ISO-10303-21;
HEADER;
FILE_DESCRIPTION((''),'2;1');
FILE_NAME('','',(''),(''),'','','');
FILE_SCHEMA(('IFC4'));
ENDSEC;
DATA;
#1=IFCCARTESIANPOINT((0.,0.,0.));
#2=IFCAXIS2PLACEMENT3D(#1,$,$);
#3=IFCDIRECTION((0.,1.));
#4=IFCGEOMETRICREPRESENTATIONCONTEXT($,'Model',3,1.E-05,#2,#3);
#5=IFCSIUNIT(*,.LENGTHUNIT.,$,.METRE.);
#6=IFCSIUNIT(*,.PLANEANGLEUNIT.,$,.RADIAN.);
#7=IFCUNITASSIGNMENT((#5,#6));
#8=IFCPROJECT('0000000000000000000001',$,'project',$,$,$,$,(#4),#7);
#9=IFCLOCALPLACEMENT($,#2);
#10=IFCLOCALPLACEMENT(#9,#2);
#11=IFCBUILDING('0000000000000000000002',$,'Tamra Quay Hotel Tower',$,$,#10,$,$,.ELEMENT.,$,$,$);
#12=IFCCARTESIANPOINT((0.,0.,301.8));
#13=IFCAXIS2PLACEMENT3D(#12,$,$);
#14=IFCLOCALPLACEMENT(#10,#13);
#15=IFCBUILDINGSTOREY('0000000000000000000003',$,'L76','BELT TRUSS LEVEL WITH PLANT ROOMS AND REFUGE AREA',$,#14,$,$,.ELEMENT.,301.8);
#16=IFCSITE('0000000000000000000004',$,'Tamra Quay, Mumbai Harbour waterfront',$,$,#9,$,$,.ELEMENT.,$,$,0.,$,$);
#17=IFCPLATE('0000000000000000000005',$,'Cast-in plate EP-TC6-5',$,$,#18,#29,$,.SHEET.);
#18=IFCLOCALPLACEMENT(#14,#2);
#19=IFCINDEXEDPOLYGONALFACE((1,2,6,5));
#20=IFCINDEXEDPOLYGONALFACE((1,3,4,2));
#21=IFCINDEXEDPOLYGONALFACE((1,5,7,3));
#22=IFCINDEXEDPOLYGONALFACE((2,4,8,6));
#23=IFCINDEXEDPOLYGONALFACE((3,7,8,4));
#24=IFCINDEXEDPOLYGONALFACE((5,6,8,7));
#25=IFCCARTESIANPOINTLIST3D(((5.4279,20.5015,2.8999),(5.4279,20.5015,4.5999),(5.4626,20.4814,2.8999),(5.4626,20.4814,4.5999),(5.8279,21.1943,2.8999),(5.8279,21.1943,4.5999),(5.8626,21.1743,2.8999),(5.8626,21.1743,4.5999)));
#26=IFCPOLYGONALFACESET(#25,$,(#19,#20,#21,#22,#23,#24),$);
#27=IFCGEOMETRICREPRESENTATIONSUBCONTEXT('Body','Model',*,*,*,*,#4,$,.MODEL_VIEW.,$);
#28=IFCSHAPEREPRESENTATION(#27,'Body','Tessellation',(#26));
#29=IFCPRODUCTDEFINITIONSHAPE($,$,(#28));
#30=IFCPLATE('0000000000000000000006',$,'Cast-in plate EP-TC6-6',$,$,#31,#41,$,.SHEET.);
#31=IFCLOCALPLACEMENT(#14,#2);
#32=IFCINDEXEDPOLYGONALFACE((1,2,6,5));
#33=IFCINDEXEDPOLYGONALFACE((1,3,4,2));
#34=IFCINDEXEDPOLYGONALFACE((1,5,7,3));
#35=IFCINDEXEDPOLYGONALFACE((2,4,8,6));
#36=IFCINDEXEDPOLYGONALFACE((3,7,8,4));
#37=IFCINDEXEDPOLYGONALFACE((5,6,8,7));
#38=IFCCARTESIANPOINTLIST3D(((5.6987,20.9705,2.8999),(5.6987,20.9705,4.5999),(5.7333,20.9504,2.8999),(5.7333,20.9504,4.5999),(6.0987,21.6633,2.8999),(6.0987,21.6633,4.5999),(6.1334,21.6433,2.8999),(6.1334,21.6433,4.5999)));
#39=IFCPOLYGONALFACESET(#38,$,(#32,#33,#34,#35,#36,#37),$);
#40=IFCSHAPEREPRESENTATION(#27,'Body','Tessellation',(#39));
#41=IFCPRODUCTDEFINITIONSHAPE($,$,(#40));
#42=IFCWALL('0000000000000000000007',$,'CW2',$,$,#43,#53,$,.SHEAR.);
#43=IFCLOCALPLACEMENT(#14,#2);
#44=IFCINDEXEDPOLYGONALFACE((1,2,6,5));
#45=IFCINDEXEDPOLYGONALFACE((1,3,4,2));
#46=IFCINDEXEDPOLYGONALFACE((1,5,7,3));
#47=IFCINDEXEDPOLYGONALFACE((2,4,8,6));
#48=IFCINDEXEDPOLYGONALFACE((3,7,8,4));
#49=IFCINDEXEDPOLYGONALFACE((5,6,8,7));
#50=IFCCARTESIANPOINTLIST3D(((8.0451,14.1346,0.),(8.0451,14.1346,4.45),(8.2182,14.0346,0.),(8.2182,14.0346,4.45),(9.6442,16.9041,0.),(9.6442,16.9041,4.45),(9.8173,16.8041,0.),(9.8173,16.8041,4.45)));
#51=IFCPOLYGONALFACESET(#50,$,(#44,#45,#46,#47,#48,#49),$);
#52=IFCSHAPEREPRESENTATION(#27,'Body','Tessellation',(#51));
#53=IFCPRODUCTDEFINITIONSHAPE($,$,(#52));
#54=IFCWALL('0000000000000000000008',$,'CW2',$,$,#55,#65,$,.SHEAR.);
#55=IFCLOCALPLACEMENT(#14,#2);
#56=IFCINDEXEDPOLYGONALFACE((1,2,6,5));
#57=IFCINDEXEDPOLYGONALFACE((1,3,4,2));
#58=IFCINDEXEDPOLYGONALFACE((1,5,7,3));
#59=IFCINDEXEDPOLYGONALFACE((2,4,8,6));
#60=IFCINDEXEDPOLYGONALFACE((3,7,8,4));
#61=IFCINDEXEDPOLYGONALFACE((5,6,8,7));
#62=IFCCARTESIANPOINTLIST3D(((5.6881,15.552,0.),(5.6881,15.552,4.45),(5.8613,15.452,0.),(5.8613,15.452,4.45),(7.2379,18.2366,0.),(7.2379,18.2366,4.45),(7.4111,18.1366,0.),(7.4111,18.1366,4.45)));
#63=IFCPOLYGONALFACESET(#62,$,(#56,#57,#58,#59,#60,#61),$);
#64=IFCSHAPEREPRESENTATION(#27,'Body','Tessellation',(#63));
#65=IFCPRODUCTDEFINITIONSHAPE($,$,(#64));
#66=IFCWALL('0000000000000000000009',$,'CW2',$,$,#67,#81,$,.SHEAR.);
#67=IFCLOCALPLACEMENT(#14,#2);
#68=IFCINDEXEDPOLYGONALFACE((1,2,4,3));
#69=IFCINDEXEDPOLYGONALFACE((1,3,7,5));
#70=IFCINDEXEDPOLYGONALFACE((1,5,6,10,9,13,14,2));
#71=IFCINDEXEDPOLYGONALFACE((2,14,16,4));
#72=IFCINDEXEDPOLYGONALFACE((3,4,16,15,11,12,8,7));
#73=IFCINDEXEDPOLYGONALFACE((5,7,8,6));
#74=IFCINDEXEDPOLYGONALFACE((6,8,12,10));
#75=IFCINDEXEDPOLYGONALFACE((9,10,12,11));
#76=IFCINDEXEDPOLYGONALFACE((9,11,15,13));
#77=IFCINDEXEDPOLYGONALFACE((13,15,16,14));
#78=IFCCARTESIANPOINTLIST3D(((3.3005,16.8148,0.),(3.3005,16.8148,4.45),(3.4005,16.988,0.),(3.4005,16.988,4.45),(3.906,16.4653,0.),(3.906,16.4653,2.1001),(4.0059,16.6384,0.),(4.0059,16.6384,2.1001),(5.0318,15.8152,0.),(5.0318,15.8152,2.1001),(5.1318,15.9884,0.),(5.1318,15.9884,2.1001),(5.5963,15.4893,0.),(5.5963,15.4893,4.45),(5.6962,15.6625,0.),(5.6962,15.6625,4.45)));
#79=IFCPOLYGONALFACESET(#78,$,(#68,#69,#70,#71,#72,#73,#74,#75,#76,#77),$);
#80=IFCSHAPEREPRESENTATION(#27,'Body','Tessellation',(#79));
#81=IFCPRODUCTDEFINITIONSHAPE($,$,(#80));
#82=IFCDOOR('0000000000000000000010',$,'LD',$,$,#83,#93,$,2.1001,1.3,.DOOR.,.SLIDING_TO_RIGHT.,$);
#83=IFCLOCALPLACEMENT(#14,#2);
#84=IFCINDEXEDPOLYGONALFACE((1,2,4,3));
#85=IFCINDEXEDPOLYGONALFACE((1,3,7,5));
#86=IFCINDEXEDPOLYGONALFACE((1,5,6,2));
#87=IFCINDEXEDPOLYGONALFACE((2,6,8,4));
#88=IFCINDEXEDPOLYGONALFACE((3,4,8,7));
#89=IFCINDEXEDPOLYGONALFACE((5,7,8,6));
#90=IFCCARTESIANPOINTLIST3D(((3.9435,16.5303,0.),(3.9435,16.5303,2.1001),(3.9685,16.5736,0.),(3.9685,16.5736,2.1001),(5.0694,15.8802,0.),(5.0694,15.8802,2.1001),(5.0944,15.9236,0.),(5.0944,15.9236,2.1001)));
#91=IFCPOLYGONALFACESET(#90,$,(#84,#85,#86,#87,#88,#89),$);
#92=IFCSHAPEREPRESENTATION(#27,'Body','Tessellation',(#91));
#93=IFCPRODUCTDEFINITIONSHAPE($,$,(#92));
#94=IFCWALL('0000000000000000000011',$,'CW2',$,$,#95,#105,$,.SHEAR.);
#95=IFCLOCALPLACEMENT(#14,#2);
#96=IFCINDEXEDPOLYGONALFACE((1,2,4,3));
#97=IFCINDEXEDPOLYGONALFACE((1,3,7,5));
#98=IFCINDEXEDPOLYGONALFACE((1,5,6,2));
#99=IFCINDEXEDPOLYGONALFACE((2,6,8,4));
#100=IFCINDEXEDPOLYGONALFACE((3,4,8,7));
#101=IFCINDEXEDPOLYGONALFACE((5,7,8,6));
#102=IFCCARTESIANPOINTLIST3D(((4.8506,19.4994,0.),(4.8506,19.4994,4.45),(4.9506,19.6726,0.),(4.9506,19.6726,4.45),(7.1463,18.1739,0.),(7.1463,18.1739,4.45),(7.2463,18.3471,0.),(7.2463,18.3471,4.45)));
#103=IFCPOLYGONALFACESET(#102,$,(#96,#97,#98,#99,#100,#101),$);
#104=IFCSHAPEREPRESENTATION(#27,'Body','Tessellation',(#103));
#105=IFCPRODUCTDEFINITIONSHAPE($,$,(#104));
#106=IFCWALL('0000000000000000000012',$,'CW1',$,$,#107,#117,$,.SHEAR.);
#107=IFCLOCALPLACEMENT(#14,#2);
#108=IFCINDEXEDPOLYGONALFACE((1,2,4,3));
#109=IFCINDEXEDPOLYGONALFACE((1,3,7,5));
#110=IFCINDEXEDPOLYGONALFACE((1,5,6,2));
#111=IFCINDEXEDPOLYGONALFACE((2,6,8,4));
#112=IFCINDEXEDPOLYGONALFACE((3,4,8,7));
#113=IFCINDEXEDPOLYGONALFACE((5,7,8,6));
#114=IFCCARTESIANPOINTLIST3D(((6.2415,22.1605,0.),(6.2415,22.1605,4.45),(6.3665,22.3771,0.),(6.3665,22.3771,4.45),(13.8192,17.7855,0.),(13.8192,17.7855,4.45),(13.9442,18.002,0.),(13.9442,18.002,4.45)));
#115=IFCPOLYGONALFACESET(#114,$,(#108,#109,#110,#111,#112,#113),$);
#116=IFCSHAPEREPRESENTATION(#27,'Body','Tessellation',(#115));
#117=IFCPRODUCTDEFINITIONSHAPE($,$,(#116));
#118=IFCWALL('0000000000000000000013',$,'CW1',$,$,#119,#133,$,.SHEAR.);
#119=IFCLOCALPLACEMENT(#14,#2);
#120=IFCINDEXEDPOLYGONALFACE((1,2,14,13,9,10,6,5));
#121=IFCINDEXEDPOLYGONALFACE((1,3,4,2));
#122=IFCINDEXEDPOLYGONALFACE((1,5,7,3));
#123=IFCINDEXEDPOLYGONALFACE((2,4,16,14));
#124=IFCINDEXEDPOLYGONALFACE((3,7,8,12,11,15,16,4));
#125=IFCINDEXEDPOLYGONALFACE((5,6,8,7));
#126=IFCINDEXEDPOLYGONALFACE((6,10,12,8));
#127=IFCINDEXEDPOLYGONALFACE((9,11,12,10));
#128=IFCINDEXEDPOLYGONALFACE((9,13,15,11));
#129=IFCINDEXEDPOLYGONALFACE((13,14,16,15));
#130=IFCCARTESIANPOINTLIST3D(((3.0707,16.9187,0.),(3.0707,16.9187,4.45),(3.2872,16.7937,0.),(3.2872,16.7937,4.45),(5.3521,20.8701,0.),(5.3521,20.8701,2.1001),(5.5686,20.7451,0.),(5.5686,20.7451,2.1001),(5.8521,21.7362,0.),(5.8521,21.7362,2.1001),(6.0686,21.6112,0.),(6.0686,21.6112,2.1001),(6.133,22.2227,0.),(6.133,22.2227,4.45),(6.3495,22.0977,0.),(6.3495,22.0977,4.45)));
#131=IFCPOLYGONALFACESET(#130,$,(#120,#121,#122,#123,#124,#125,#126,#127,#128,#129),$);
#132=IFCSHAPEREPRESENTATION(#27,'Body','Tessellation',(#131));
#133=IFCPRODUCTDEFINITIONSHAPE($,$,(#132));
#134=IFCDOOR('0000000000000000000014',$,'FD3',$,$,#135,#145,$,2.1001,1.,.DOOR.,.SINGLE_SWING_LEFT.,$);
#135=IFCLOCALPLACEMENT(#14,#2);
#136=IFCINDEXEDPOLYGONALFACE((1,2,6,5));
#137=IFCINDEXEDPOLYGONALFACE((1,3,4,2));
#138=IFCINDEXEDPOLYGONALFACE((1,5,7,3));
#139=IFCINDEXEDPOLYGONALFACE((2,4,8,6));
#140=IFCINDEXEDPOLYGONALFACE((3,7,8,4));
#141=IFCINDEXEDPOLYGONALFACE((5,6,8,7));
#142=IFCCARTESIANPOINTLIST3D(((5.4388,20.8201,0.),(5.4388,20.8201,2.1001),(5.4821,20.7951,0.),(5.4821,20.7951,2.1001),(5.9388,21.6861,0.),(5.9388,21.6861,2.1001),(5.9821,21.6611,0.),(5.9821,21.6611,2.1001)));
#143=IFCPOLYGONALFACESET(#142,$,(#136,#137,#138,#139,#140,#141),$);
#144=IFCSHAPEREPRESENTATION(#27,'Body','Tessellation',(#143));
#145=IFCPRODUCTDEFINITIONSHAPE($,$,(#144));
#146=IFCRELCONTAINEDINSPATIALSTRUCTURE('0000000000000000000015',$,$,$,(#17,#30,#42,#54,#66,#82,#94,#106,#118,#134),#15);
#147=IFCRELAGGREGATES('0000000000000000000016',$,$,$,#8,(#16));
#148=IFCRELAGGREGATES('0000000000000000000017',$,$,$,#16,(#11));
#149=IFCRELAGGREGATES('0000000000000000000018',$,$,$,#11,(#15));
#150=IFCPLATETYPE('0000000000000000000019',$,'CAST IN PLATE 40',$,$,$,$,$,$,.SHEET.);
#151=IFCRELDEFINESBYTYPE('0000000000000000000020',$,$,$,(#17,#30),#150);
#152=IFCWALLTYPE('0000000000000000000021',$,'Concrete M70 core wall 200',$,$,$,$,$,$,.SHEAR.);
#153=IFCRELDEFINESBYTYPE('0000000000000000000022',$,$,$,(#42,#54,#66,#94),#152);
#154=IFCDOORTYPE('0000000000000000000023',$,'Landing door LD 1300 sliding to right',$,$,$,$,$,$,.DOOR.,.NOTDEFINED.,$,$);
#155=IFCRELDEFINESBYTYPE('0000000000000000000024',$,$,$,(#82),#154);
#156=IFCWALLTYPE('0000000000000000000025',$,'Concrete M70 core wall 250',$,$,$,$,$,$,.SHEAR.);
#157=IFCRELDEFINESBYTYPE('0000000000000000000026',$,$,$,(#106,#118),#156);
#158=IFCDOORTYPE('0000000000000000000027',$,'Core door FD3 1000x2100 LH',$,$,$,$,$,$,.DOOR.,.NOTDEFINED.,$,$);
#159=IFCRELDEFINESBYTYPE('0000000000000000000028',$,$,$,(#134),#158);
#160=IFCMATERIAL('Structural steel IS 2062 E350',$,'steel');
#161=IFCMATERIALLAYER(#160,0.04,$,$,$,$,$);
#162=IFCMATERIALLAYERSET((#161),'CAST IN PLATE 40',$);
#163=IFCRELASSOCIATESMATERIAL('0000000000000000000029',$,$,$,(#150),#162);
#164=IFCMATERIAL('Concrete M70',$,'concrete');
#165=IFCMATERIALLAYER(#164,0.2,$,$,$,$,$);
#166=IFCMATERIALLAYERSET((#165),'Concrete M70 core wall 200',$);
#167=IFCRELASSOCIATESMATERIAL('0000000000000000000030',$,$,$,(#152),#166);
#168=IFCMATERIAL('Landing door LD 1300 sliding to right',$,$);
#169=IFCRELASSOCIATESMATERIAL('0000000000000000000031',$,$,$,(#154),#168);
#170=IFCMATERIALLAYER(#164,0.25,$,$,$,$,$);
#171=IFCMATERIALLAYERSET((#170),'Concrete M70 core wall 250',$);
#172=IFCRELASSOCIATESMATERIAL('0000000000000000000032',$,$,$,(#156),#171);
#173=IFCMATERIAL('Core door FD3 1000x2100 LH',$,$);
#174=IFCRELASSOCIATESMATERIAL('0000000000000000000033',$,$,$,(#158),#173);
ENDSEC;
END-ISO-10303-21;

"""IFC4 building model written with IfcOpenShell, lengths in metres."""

from ifc_helpers import new_model, si_unit, direction, frame, frame_2d, origin, origin_2d, place, context, subcontext, project, spatial, rectangle, extrude, material, layer, layer_set, type_object, element, fill, save


model = new_model("IFC4")

# Units and contexts
model_context = context("Model", 3, precision=1e-05, world=origin(), true_north=direction((0.0, 1.0)))
body_context = subcontext(model_context, "Body", "Model", "MODEL_VIEW")
ifc_project = project(units=[si_unit("LENGTHUNIT", "METRE"), si_unit("PLANEANGLEUNIT", "RADIAN")], contexts=[model_context])

# Site, building, storey
site_placement = place(None, origin())
site = spatial("IfcSite", under=ifc_project, at=site_placement, Name="Tamra Quay, Mumbai Harbour waterfront", CompositionType="ELEMENT", RefElevation=0.0)
building_placement = place(site_placement, origin())
building = spatial("IfcBuilding", under=site, at=building_placement, Name="Tamra Quay Hotel Tower", CompositionType="ELEMENT")
storey_placement = place(building_placement, frame((0.0, 0.0, 301.8)))
storey = spatial("IfcBuildingStorey", under=building, at=storey_placement, Name="L76", Description="BELT TRUSS LEVEL WITH PLANT ROOMS AND REFUGE AREA", CompositionType="ELEMENT", Elevation=301.8)

# Shared definitions
ifc_material_1 = material(Name="Structural steel IS 2062 E350", Category="steel")

# Plates
ifc_layer_1 = layer(ifc_material_1, 0.04)
ifc_layer_set_1 = layer_set([ifc_layer_1], Name="CAST IN PLATE 40")
plate_type_1 = type_object("IfcPlateType", Name="CAST IN PLATE 40", PredefinedType="SHEET", material=ifc_layer_set_1)
for number, where, z_axis, x_axis, name in (
    (1, (5.6453, 20.8379, 2.8999), (0.0, 0.0, 1.0), (0.866025, -0.5, 0.0), "Cast-in plate EP-TC6-5"),
    (2, (5.916, 21.3069, 2.8999), (0.0, 0.0, 1.0), (0.866025, -0.5, 0.0), "Cast-in plate EP-TC6-6"),
):
    element("IfcPlate", number, at=place(storey_placement, frame(where, z_axis=z_axis, x_axis=x_axis)), inside=storey, type_object=plate_type_1, Name=name, PredefinedType="SHEET", context=body_context, shape_type="SweptSolid", body=[
        extrude(rectangle(XDim=0.04, YDim=0.8, at=origin_2d()), origin(), (0.0, 0.0, 1.0), 1.7),
    ])

# Walls
ifc_material_2 = material(Name="Concrete M70", Category="concrete")
ifc_layer_2 = layer(ifc_material_2, 0.2)
ifc_layer_set_2 = layer_set([ifc_layer_2], Name="Concrete M70 core wall 200")
wall_type_1 = type_object("IfcWallType", Name="Concrete M70 core wall 200", PredefinedType="SHEAR", material=ifc_layer_set_2)
wall_1_placement = place(storey_placement, frame((8.1316, 14.0845, 0.0), z_axis=(0.0, 0.0, 1.0), x_axis=(0.500031, 0.866008, 0.0)))
element("IfcWall", 3, at=wall_1_placement, inside=storey, type_object=wall_type_1, Name="CW2", PredefinedType="SHEAR", context=body_context, shape_type="SweptSolid", body=[
    extrude(rectangle(XDim=3.198, YDim=0.2, at=frame_2d((1.5991, 0.0))), origin(), (0.0, 0.0, 1.0), 4.45),
])
wall_2_placement = place(storey_placement, frame((7.3245, 18.1865, 0.0), z_axis=(0.0, 0.0, 1.0), x_axis=(-0.499968, -0.866044, 0.0)))
element("IfcWall", 4, at=wall_2_placement, inside=storey, type_object=wall_type_1, Name="CW2", PredefinedType="SHEAR", context=body_context, shape_type="SweptSolid", body=[
    extrude(rectangle(XDim=3.0999, YDim=0.2, at=frame_2d((1.5498, 0.0))), origin(), (0.0, 0.0, 1.0), 4.45),
])

# Wall, opening, door
wall_3_placement = place(storey_placement, frame((5.6462, 15.5759, 0.0), z_axis=(0.0, 0.0, 1.0), x_axis=(-0.866018, 0.500012, 0.0)))
wall_3 = element("IfcWall", 5, at=wall_3_placement, inside=storey, type_object=wall_type_1, Name="CW2", PredefinedType="SHEAR", context=body_context, shape_type="SweptSolid", body=[
    extrude(rectangle(XDim=2.6509, YDim=0.2, at=frame_2d((1.3254, 0.0))), origin(), (0.0, 0.0, 1.0), 4.45),
])
opening_1_placement = place(wall_3_placement, frame((0.6519, 0.0, 0.0)))
opening_1 = element("IfcOpeningElement", 6, at=opening_1_placement, cuts=wall_3, PredefinedType="OPENING", context=body_context, shape_type="SweptSolid", body=[
    extrude(rectangle(XDim=1.3, YDim=2.1001, at=frame_2d((0.6499, 1.05))), frame((0.0, 0.1099, 0.0), z_axis=(0.0, -1.0, 0.0), x_axis=(1.0, 0.0, 0.0)), (0.0, 0.0, 1.0), 0.22),
])
ifc_material_3 = material(Name="Landing door LD 1300 sliding to right")
door_type_1 = type_object("IfcDoorType", Name="Landing door LD 1300 sliding to right", OperationType="NOTDEFINED", PredefinedType="DOOR", material=ifc_material_3)
door_1_placement = place(opening_1_placement, origin())
door_1 = element("IfcDoor", 7, at=door_1_placement, inside=storey, type_object=door_type_1, Name="LD", OperationType="SLIDING_TO_RIGHT", OverallHeight=2.1001, OverallWidth=1.3, PredefinedType="DOOR", context=body_context, shape_type="SweptSolid", body=[
    extrude(rectangle(XDim=1.3, YDim=2.1001, at=frame_2d((0.6499, 1.05))), frame((0.0, 0.0249, 0.0), z_axis=(0.0, -1.0, 0.0), x_axis=(1.0, 0.0, 0.0)), (0.0, 0.0, 1.0), 0.05),
])
fill(opening_1, door_1)

# Walls
wall_4_placement = place(storey_placement, frame((7.1963, 18.2605, 0.0), z_axis=(0.0, 0.0, 1.0), x_axis=(-0.866018, 0.500012, 0.0)))
element("IfcWall", 8, at=wall_4_placement, inside=storey, type_object=wall_type_1, Name="CW2", PredefinedType="SHEAR", context=body_context, shape_type="SweptSolid", body=[
    extrude(rectangle(XDim=2.6509, YDim=0.2, at=frame_2d((1.3254, 0.0))), origin(), (0.0, 0.0, 1.0), 4.45),
])
ifc_layer_3 = layer(ifc_material_2, 0.25)
ifc_layer_set_3 = layer_set([ifc_layer_3], Name="Concrete M70 core wall 250")
wall_type_2 = type_object("IfcWallType", Name="Concrete M70 core wall 250", PredefinedType="SHEAR", material=ifc_layer_set_3)
wall_5_placement = place(storey_placement, frame((6.304, 22.2688, 0.0), z_axis=(0.0, 0.0, 1.0), x_axis=(0.866023, -0.500004, 0.0)))
element("IfcWall", 9, at=wall_5_placement, inside=storey, type_object=wall_type_2, Name="CW1", PredefinedType="SHEAR", context=body_context, shape_type="SweptSolid", body=[
    extrude(rectangle(XDim=8.75, YDim=0.25, at=frame_2d((4.375, 0.0))), origin(), (0.0, 0.0, 1.0), 4.45),
])

# Wall, opening, door
wall_6_placement = place(storey_placement, frame((3.179, 16.8562, 0.0), z_axis=(0.0, 0.0, 1.0), x_axis=(0.500002, 0.866024, 0.0)))
wall_6 = element("IfcWall", 10, at=wall_6_placement, inside=storey, type_object=wall_type_2, Name="CW1", PredefinedType="SHEAR", context=body_context, shape_type="SweptSolid", body=[
    extrude(rectangle(XDim=6.1245, YDim=0.25, at=frame_2d((3.0623, 0.0))), origin(), (0.0, 0.0, 1.0), 4.45),
])
opening_2_placement = place(wall_6_placement, frame((4.5627, 0.0, 0.0)))
opening_2 = element("IfcOpeningElement", 11, at=opening_2_placement, cuts=wall_6, PredefinedType="OPENING", context=body_context, shape_type="SweptSolid", body=[
    extrude(rectangle(XDim=1.0, YDim=2.1001, at=frame_2d((0.5, 1.05))), frame((0.0, 0.135, 0.0), z_axis=(0.0, -1.0, 0.0), x_axis=(1.0, 0.0, 0.0)), (0.0, 0.0, 1.0), 0.27),
])
ifc_material_4 = material(Name="Core door FD3 1000x2100 LH")
door_type_2 = type_object("IfcDoorType", Name="Core door FD3 1000x2100 LH", OperationType="NOTDEFINED", PredefinedType="DOOR", material=ifc_material_4)
door_2_placement = place(opening_2_placement, origin())
door_2 = element("IfcDoor", 12, at=door_2_placement, inside=storey, type_object=door_type_2, Name="FD3", OperationType="SINGLE_SWING_LEFT", OverallHeight=2.1001, OverallWidth=1.0, PredefinedType="DOOR", context=body_context, shape_type="SweptSolid", body=[
    extrude(rectangle(XDim=1.0, YDim=2.1001, at=frame_2d((0.5, 1.05))), frame((0.0, 0.0249, 0.0), z_axis=(0.0, -1.0, 0.0), x_axis=(1.0, 0.0, 0.0)), (0.0, 0.0, 1.0), 0.05),
])
fill(opening_2, door_2)

save(model, "model.ifc")
